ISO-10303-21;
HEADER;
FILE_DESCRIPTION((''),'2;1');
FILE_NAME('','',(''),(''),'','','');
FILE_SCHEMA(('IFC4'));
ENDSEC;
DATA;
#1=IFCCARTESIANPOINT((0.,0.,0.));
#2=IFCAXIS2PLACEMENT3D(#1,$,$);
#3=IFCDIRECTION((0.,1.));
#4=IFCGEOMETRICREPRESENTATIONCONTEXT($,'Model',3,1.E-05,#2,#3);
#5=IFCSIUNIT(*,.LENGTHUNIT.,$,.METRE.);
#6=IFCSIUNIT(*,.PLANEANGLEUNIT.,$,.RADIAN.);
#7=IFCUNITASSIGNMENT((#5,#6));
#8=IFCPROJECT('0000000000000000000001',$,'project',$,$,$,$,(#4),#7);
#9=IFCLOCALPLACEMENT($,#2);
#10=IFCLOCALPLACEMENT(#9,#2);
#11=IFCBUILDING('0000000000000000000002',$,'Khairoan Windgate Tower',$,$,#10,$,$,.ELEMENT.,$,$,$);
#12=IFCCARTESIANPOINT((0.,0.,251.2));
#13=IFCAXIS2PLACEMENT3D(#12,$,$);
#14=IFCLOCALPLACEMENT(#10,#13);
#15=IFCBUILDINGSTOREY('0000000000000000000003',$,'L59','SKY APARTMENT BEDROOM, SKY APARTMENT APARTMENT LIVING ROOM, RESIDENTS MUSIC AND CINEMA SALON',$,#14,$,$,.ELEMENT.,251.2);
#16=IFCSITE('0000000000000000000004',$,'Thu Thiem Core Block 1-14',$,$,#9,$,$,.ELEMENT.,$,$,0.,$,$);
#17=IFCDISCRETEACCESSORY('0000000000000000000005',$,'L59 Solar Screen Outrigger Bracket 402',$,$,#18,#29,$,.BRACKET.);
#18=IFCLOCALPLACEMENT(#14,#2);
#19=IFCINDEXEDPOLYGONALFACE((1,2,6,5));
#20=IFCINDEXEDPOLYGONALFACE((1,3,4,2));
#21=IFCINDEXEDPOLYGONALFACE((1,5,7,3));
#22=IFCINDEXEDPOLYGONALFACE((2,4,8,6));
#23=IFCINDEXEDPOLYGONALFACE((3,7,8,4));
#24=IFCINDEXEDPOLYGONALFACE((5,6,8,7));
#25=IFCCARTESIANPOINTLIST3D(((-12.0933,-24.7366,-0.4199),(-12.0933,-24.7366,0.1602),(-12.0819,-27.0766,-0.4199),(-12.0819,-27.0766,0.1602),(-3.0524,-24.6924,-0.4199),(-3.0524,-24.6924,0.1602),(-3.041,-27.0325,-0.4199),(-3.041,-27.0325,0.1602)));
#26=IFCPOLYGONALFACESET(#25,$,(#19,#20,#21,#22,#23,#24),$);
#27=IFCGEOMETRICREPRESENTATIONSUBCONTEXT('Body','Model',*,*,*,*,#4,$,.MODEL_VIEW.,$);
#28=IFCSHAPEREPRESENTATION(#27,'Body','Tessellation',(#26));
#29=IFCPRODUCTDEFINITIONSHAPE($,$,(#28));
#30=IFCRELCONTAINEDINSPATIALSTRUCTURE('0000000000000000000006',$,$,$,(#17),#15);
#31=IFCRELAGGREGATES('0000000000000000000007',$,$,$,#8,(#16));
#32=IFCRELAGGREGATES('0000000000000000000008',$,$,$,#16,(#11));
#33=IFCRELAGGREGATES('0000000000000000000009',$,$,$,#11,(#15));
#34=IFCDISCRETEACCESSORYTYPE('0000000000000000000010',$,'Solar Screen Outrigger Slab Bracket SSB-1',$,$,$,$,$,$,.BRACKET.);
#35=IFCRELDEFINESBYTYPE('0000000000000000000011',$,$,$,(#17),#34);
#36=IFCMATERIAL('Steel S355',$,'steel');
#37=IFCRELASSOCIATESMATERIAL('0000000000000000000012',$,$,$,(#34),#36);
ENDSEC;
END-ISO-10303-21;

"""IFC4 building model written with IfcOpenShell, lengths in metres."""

from ifc_helpers import new_model, si_unit, direction, frame, origin, origin_2d, place, context, subcontext, project, spatial, rectangle, extrude, material, type_object, element, save


model = new_model("IFC4")

# Units and contexts
model_context = context("Model", 3, precision=1e-05, world=origin(), true_north=direction((0.0, 1.0)))
body_context = subcontext(model_context, "Body", "Model", "MODEL_VIEW")
ifc_project = project(units=[si_unit("LENGTHUNIT", "METRE"), si_unit("PLANEANGLEUNIT", "RADIAN")], contexts=[model_context])

# Site, building, storey
site_placement = place(None, origin())
site = spatial("IfcSite", under=ifc_project, at=site_placement, Name="Thu Thiem Core Block 1-14", CompositionType="ELEMENT", RefElevation=0.0)
building_placement = place(site_placement, origin())
building = spatial("IfcBuilding", under=site, at=building_placement, Name="Khairoan Windgate Tower", CompositionType="ELEMENT")
storey_placement = place(building_placement, frame((0.0, 0.0, 251.2)))
storey = spatial("IfcBuildingStorey", under=building, at=storey_placement, Name="L59", Description="SKY APARTMENT BEDROOM, SKY APARTMENT APARTMENT LIVING ROOM, RESIDENTS MUSIC AND CINEMA SALON", CompositionType="ELEMENT", Elevation=251.2)

# Discrete accessory
ifc_material_1 = material(Name="Steel S355", Category="steel")
discrete_accessory_type = type_object("IfcDiscreteAccessoryType", Name="Solar Screen Outrigger Slab Bracket SSB-1", PredefinedType="BRACKET", material=ifc_material_1)
discrete_accessory_placement = place(storey_placement, frame((-7.5671, -25.8845, -0.4199), z_axis=(0.0, 0.0, 1.0), x_axis=(-0.999988, -0.004887, 0.0)))
element("IfcDiscreteAccessory", 1, at=discrete_accessory_placement, inside=storey, type_object=discrete_accessory_type, Name="L59 Solar Screen Outrigger Bracket 402", PredefinedType="BRACKET", context=body_context, shape_type="SweptSolid", body=[
    extrude(rectangle(XDim=9.041, YDim=2.3401, at=origin_2d()), origin(), (0.0, 0.0, 1.0), 0.5801),
])

save(model, "model.ifc")
